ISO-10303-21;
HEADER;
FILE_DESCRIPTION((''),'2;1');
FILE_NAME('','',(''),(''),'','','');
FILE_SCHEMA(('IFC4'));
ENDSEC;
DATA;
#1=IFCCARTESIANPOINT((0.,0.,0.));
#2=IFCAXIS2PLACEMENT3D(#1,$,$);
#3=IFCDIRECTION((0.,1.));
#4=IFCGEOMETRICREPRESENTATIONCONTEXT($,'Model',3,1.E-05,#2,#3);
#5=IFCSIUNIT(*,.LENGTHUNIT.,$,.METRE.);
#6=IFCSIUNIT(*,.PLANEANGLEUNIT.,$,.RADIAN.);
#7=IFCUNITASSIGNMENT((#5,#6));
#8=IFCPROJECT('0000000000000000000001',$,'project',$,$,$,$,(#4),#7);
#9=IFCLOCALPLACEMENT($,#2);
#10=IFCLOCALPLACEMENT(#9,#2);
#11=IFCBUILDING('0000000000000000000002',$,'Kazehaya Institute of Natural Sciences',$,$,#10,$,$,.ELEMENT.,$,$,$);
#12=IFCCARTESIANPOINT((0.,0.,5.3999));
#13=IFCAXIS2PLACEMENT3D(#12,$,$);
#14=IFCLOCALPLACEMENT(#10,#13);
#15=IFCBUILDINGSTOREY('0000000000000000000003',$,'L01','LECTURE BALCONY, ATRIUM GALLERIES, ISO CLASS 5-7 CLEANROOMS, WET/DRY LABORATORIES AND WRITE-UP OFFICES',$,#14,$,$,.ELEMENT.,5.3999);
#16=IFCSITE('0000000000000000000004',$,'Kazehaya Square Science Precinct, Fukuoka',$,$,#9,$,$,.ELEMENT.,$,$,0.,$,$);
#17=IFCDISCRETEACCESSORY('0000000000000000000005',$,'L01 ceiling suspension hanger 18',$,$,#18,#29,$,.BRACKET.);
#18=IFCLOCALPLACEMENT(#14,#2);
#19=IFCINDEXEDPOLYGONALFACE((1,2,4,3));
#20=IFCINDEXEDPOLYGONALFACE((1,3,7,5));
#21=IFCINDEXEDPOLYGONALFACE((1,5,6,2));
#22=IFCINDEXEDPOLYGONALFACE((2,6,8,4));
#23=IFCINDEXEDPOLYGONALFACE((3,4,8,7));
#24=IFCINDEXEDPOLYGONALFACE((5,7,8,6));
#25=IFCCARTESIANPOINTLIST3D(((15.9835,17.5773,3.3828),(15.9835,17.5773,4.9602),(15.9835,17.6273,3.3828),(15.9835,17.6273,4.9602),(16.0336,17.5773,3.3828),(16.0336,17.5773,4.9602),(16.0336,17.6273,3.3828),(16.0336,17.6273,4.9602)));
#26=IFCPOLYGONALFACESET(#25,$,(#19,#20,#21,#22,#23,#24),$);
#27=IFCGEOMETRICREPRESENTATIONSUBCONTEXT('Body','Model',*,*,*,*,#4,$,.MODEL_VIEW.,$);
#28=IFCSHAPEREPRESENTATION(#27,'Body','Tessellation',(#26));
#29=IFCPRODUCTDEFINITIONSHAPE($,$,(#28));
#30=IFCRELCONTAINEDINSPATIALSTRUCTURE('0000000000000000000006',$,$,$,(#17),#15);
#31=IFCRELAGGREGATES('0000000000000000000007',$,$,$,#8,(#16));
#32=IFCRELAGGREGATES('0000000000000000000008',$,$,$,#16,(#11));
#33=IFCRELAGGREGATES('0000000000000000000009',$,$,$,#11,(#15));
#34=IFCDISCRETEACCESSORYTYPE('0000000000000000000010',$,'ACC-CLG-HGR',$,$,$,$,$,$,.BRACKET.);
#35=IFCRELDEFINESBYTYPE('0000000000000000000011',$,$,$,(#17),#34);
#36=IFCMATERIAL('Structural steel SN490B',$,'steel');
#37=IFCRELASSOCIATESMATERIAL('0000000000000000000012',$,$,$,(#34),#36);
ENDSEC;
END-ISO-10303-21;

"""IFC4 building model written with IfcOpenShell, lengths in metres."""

from ifc_helpers import new_model, si_unit, direction, frame, origin, origin_2d, place, context, subcontext, project, spatial, rectangle, extrude, material, type_object, element, save


model = new_model("IFC4")

# Units and contexts
model_context = context("Model", 3, precision=1e-05, world=origin(), true_north=direction((0.0, 1.0)))
body_context = subcontext(model_context, "Body", "Model", "MODEL_VIEW")
ifc_project = project(units=[si_unit("LENGTHUNIT", "METRE"), si_unit("PLANEANGLEUNIT", "RADIAN")], contexts=[model_context])

# Site, building, storey
site_placement = place(None, origin())
site = spatial("IfcSite", under=ifc_project, at=site_placement, Name="Kazehaya Square Science Precinct, Fukuoka", CompositionType="ELEMENT", RefElevation=0.0)
building_placement = place(site_placement, origin())
building = spatial("IfcBuilding", under=site, at=building_placement, Name="Kazehaya Institute of Natural Sciences", CompositionType="ELEMENT")
storey_placement = place(building_placement, frame((0.0, 0.0, 5.3999)))
storey = spatial("IfcBuildingStorey", under=building, at=storey_placement, Name="L01", Description="LECTURE BALCONY, ATRIUM GALLERIES, ISO CLASS 5-7 CLEANROOMS, WET/DRY LABORATORIES AND WRITE-UP OFFICES", CompositionType="ELEMENT", Elevation=5.3999)

# Discrete accessory
ifc_material_1 = material(Name="Structural steel SN490B", Category="steel")
discrete_accessory_type = type_object("IfcDiscreteAccessoryType", Name="ACC-CLG-HGR", PredefinedType="BRACKET", material=ifc_material_1)
discrete_accessory_placement = place(storey_placement, frame((16.0085, 17.6023, 3.3828), z_axis=(0.0, 0.0, 1.0), x_axis=(1.0, 0.0, 0.0)))
element("IfcDiscreteAccessory", 1, at=discrete_accessory_placement, inside=storey, type_object=discrete_accessory_type, Name="L01 ceiling suspension hanger 18", PredefinedType="BRACKET", context=body_context, shape_type="SweptSolid", body=[
    extrude(rectangle(XDim=0.05, YDim=0.05, at=origin_2d()), origin(), (0.0, 0.0, 1.0), 1.5774),
])

save(model, "model.ifc")
